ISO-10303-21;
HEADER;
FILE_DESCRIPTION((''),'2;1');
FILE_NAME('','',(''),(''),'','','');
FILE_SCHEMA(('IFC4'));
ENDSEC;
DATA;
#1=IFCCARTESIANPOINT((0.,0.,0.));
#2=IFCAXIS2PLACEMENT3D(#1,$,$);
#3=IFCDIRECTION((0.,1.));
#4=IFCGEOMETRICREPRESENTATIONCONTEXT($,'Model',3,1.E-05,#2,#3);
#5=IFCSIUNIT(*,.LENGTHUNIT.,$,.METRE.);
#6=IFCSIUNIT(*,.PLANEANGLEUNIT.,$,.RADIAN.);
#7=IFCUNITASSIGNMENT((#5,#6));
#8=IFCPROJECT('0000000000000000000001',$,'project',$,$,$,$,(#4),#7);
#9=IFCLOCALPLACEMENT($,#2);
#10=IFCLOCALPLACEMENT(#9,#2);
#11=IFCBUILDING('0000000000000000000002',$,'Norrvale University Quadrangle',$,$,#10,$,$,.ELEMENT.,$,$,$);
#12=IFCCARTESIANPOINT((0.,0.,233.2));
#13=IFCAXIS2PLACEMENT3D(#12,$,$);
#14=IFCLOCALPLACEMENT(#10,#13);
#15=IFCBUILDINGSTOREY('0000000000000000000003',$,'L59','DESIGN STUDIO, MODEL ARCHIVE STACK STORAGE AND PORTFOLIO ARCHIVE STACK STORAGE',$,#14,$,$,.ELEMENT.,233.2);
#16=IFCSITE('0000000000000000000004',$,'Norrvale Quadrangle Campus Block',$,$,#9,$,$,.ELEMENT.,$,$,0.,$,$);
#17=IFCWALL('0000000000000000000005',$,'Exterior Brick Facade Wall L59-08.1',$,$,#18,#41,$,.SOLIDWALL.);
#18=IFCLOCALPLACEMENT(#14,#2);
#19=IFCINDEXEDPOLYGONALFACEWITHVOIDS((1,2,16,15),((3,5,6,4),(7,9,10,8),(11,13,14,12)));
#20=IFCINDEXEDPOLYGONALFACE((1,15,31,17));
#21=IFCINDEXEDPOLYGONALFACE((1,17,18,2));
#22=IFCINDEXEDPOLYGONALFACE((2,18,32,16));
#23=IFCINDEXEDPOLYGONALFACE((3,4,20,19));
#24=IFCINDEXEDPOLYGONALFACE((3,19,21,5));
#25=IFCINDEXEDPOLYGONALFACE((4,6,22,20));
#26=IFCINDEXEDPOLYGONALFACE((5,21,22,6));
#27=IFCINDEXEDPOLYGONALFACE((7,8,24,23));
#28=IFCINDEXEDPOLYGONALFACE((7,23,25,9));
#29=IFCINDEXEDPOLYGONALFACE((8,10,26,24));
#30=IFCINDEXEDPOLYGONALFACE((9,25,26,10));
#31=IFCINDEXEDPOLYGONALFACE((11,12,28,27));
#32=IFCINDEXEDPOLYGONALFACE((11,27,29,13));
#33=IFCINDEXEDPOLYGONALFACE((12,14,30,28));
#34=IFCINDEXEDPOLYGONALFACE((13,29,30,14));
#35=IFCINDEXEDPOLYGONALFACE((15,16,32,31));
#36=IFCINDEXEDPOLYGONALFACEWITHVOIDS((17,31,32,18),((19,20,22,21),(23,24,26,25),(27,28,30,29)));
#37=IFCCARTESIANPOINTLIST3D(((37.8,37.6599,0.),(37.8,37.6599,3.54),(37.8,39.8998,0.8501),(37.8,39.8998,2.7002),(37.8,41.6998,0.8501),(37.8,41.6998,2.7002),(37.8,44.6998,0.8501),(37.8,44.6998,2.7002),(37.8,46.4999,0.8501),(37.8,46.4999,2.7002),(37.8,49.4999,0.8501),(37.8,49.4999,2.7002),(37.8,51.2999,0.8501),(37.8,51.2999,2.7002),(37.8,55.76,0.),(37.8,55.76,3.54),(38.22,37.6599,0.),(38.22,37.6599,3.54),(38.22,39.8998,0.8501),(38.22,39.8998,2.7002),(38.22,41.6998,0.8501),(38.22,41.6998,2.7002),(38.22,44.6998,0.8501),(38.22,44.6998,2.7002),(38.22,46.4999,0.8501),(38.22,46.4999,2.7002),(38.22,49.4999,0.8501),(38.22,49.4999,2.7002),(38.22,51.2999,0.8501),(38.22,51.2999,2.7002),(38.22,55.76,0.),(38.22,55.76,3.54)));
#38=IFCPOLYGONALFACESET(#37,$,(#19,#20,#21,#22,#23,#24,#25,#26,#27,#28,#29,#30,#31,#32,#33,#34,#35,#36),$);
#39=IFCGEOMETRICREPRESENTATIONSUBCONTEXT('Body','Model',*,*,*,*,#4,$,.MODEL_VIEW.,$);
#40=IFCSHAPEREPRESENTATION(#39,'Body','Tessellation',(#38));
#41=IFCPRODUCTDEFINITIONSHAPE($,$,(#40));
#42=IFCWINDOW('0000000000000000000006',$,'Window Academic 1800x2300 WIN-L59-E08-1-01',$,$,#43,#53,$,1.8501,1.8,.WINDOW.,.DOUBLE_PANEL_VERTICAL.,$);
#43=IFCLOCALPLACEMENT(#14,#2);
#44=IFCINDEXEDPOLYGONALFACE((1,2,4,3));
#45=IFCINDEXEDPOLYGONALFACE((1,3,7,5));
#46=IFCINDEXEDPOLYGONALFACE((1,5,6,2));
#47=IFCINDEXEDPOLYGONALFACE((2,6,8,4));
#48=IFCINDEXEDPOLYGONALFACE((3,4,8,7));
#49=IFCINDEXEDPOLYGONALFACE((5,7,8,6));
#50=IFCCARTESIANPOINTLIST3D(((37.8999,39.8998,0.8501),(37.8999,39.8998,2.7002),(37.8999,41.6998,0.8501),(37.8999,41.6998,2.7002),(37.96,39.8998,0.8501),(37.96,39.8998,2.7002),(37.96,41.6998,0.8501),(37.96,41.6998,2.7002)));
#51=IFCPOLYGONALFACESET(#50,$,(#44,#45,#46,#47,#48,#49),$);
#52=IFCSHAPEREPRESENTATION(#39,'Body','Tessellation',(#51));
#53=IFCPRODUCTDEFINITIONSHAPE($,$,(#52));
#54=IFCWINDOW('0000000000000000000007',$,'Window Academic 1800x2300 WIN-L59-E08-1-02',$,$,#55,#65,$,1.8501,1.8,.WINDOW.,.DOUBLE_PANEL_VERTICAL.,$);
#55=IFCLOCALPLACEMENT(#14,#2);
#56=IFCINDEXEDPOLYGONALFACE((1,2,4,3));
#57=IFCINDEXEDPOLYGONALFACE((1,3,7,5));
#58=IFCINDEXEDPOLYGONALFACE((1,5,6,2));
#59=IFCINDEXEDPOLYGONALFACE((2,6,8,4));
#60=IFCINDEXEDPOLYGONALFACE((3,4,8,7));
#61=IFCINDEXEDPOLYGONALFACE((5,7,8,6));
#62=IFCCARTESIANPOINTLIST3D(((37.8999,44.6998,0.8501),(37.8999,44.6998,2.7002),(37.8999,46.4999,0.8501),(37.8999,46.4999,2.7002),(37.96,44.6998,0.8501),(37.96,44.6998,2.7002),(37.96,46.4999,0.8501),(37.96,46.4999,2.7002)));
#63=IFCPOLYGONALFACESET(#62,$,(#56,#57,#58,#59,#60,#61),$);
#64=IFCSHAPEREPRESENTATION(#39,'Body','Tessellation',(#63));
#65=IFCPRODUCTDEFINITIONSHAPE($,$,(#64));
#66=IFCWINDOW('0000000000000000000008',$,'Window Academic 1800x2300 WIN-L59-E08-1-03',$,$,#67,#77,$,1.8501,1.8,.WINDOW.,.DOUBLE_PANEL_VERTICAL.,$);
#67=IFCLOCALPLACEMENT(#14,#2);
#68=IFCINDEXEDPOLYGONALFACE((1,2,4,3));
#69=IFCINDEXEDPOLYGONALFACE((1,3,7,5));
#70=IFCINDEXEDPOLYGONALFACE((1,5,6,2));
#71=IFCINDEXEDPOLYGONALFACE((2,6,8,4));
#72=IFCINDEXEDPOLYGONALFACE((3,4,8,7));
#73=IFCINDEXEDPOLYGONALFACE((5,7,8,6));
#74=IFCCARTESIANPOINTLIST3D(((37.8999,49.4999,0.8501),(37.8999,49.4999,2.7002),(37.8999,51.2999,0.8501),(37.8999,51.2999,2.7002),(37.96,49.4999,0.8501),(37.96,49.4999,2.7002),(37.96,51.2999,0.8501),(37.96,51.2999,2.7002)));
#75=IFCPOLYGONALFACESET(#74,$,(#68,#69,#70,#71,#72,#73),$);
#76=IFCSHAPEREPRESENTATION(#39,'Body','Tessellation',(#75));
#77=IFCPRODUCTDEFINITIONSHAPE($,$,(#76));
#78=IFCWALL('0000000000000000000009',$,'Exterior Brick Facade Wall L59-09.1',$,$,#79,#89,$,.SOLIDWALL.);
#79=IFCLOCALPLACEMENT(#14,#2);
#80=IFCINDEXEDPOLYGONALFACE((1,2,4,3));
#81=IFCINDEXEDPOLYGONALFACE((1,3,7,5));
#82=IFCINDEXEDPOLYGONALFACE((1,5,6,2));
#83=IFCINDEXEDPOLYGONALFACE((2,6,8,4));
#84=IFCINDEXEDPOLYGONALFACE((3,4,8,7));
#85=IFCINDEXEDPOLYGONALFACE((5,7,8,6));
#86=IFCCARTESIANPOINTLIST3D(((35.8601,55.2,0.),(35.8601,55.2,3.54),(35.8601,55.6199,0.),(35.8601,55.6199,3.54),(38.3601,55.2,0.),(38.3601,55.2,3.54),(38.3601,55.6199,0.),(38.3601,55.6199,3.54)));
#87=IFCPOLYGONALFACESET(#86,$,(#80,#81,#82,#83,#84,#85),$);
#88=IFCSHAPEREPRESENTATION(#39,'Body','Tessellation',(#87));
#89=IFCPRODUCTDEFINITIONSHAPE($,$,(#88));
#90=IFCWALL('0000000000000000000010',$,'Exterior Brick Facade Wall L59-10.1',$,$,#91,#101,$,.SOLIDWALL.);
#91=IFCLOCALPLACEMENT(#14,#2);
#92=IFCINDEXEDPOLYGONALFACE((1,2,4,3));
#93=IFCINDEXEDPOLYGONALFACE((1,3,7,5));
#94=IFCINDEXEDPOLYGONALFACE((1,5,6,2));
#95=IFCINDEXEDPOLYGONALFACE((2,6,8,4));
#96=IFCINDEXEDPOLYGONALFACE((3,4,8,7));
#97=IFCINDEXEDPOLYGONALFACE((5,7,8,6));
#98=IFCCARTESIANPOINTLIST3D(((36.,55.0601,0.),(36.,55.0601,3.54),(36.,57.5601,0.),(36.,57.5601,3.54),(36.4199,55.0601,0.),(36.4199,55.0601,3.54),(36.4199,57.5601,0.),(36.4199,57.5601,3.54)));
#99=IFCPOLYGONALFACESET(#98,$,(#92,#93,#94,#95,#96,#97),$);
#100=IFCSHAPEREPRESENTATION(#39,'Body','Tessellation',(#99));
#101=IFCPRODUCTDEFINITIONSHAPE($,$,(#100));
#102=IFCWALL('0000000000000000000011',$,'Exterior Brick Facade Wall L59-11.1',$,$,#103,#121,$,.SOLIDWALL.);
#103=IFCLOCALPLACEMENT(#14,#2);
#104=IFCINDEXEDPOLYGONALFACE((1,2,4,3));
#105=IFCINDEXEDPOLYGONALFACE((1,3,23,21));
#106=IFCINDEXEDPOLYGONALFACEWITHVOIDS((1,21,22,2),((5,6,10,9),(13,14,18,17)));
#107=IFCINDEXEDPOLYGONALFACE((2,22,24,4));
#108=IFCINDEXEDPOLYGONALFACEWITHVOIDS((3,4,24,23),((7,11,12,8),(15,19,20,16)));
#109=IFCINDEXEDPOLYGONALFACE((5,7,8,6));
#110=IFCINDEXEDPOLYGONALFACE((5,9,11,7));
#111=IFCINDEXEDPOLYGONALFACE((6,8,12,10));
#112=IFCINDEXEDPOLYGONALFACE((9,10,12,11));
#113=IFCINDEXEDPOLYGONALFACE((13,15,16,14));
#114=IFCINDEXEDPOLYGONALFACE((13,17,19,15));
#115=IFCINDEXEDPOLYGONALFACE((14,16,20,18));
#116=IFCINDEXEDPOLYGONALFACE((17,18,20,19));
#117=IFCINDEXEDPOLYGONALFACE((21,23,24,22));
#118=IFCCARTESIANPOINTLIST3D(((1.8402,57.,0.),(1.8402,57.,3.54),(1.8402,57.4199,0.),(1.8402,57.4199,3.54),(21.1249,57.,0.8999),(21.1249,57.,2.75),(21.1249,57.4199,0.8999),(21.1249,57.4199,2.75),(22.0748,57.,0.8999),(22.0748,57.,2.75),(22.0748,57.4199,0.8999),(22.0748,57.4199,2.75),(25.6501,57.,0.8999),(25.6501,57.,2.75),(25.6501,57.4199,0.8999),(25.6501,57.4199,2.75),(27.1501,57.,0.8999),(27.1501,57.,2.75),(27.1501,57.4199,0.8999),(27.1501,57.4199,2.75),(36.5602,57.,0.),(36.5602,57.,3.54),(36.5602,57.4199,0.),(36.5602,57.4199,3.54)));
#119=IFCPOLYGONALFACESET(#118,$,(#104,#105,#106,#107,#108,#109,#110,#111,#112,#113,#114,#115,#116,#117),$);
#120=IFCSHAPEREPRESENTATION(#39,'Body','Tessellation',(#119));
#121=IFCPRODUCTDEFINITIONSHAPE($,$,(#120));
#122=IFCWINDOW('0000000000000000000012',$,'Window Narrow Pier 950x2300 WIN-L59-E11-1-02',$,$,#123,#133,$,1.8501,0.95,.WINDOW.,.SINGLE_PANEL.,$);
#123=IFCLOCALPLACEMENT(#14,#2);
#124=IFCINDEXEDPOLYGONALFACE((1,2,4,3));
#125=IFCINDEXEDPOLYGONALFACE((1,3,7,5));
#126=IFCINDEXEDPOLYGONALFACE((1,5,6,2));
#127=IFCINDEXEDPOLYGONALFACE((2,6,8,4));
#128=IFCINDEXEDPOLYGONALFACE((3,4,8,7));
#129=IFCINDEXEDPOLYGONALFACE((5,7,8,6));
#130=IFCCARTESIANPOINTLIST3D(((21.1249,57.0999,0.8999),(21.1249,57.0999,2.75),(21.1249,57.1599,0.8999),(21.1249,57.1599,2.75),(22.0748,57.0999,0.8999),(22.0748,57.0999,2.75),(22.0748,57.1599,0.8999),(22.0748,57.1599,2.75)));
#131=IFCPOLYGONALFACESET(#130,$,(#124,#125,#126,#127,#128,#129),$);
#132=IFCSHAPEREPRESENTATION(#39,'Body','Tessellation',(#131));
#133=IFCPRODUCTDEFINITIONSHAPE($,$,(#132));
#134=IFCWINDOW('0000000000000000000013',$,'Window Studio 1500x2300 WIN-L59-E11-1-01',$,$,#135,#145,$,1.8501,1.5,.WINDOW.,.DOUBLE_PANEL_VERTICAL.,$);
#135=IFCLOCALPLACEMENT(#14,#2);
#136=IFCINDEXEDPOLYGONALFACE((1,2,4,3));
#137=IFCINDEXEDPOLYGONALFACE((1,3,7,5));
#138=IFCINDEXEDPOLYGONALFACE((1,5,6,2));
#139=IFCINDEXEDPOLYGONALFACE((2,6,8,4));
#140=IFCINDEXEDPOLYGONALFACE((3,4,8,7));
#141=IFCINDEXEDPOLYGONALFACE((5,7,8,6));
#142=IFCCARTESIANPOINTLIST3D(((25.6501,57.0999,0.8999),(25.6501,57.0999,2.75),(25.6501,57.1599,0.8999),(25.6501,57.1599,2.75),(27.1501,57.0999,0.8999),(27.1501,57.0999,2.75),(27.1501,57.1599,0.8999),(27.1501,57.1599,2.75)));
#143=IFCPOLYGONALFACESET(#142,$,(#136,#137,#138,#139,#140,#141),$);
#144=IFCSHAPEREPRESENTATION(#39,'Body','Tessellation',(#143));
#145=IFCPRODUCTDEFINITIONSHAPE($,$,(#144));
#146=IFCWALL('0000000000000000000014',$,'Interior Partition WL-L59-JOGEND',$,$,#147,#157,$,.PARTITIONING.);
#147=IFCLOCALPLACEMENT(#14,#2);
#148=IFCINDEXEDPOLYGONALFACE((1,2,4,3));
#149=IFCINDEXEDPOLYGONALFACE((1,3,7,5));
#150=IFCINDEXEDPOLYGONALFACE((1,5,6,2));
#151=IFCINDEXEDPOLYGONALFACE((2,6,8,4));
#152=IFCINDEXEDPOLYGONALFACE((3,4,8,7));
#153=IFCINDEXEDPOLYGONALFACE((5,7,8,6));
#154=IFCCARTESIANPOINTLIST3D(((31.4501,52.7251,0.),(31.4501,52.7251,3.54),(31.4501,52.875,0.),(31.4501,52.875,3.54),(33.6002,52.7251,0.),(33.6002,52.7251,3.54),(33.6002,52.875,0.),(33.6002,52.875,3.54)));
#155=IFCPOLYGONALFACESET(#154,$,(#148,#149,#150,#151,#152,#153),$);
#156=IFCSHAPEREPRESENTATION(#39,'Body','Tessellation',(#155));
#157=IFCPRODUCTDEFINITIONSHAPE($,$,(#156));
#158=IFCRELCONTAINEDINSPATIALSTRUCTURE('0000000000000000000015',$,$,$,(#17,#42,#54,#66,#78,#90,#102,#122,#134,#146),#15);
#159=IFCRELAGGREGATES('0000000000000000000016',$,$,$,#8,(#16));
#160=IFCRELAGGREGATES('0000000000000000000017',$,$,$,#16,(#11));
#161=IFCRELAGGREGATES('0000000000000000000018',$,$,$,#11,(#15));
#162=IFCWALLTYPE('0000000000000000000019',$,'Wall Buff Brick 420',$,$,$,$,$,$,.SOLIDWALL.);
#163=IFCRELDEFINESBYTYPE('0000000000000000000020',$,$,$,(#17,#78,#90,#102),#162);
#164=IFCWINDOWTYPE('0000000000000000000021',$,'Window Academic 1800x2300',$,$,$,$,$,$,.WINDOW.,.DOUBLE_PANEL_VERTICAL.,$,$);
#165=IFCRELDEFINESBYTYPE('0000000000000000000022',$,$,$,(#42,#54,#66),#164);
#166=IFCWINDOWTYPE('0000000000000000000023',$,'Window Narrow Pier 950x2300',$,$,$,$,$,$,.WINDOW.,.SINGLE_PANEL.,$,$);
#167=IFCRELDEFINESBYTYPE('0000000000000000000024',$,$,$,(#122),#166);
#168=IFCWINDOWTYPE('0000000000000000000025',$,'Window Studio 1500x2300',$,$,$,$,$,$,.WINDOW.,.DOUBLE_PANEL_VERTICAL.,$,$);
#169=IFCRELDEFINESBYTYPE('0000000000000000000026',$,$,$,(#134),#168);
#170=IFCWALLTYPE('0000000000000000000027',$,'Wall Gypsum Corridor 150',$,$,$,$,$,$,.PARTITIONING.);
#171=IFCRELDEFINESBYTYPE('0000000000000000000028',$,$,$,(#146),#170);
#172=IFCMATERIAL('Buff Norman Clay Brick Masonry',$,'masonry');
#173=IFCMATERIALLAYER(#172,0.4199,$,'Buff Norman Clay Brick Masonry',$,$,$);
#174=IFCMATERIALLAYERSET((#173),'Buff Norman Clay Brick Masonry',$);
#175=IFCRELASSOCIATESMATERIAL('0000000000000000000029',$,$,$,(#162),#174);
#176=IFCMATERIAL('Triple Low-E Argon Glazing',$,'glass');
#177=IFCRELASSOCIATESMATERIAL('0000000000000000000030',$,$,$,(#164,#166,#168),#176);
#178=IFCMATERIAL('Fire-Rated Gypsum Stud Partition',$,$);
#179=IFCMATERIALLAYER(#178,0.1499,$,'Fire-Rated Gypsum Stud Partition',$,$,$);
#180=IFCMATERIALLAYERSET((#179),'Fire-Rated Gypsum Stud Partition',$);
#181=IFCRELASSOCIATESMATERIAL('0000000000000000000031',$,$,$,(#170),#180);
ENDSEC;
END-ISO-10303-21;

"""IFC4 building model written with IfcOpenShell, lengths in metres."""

from ifc_helpers import new_model, si_unit, direction, frame, frame_2d, origin, place, context, subcontext, project, spatial, rectangle, extrude, material, layer, layer_set, type_object, element, fill, save


model = new_model("IFC4")

# Units and contexts
model_context = context("Model", 3, precision=1e-05, world=origin(), true_north=direction((0.0, 1.0)))
body_context = subcontext(model_context, "Body", "Model", "MODEL_VIEW")
ifc_project = project(units=[si_unit("LENGTHUNIT", "METRE"), si_unit("PLANEANGLEUNIT", "RADIAN")], contexts=[model_context])

# Site, building, storey
site_placement = place(None, origin())
site = spatial("IfcSite", under=ifc_project, at=site_placement, Name="Norrvale Quadrangle Campus Block", CompositionType="ELEMENT", RefElevation=0.0)
building_placement = place(site_placement, origin())
building = spatial("IfcBuilding", under=site, at=building_placement, Name="Norrvale University Quadrangle", CompositionType="ELEMENT")
storey_placement = place(building_placement, frame((0.0, 0.0, 233.2)))
storey = spatial("IfcBuildingStorey", under=building, at=storey_placement, Name="L59", Description="DESIGN STUDIO, MODEL ARCHIVE STACK STORAGE AND PORTFOLIO ARCHIVE STACK STORAGE", CompositionType="ELEMENT", Elevation=233.2)

# Shared definitions
ifc_material_1 = material(Name="Buff Norman Clay Brick Masonry", Category="masonry")
ifc_layer_1 = layer(ifc_material_1, 0.4199, Name="Buff Norman Clay Brick Masonry")
ifc_layer_set_1 = layer_set([ifc_layer_1], Name="Buff Norman Clay Brick Masonry")
wall_type_1 = type_object("IfcWallType", Name="Wall Buff Brick 420", PredefinedType="SOLIDWALL", material=ifc_layer_set_1)

# Wall, openings, windows
ifc_material_2 = material(Name="Triple Low-E Argon Glazing", Category="glass")
window_type_1 = type_object("IfcWindowType", Name="Window Academic 1800x2300", PartitioningType="DOUBLE_PANEL_VERTICAL", PredefinedType="WINDOW", material=ifc_material_2)
wall_1_placement = place(storey_placement, frame((38.01, 37.6599, 0.0), z_axis=(0.0, 0.0, 1.0), x_axis=(0.0, 1.0, 0.0)))
wall_1 = element("IfcWall", 1, at=wall_1_placement, inside=storey, type_object=wall_type_1, Name="Exterior Brick Facade Wall L59-08.1", PredefinedType="SOLIDWALL", context=body_context, shape_type="SweptSolid", body=[
    extrude(rectangle(XDim=18.1001, YDim=0.4199, at=frame_2d((9.05, 0.0))), origin(), (0.0, 0.0, 1.0), 3.54),
])
opening_1_placement = place(wall_1_placement, frame((2.24, 0.0, 0.8501)))
opening_1 = element("IfcOpeningElement", 2, at=opening_1_placement, cuts=wall_1, PredefinedType="OPENING", context=body_context, shape_type="SweptSolid", body=[
    extrude(rectangle(XDim=1.8, YDim=1.8501, at=frame_2d((0.8999, 0.925))), frame((0.0, 0.2219, 0.0), z_axis=(0.0, -1.0, 0.0), x_axis=(1.0, 0.0, 0.0)), (0.0, 0.0, 1.0), 0.4438),
])
opening_2_placement = place(wall_1_placement, frame((7.04, 0.0, 0.8501)))
opening_2 = element("IfcOpeningElement", 3, at=opening_2_placement, cuts=wall_1, PredefinedType="OPENING", context=body_context, shape_type="SweptSolid", body=[
    extrude(rectangle(XDim=1.8, YDim=1.8501, at=frame_2d((0.8999, 0.925))), frame((0.0, 0.2219, 0.0), z_axis=(0.0, -1.0, 0.0), x_axis=(1.0, 0.0, 0.0)), (0.0, 0.0, 1.0), 0.4438),
])
opening_3_placement = place(wall_1_placement, frame((11.8401, 0.0, 0.8501)))
opening_3 = element("IfcOpeningElement", 4, at=opening_3_placement, cuts=wall_1, PredefinedType="OPENING", context=body_context, shape_type="SweptSolid", body=[
    extrude(rectangle(XDim=1.8, YDim=1.8501, at=frame_2d((0.8999, 0.925))), frame((0.0, 0.2219, 0.0), z_axis=(0.0, -1.0, 0.0), x_axis=(1.0, 0.0, 0.0)), (0.0, 0.0, 1.0), 0.4438),
])
window_1_placement = place(opening_1_placement, origin())
window_1 = element("IfcWindow", 5, at=window_1_placement, inside=storey, type_object=window_type_1, Name="Window Academic 1800x2300 WIN-L59-E08-1-01", OverallHeight=1.8501, OverallWidth=1.8, PartitioningType="DOUBLE_PANEL_VERTICAL", PredefinedType="WINDOW", context=body_context, shape_type="SweptSolid", body=[
    extrude(rectangle(XDim=1.8, YDim=1.8501, at=frame_2d((0.8999, 0.925))), frame((0.0, 0.1101, 0.0), z_axis=(0.0, -1.0, 0.0), x_axis=(1.0, 0.0, 0.0)), (0.0, 0.0, 1.0), 0.0601),
])
fill(opening_1, window_1)
window_2_placement = place(opening_2_placement, origin())
window_2 = element("IfcWindow", 6, at=window_2_placement, inside=storey, type_object=window_type_1, Name="Window Academic 1800x2300 WIN-L59-E08-1-02", OverallHeight=1.8501, OverallWidth=1.8, PartitioningType="DOUBLE_PANEL_VERTICAL", PredefinedType="WINDOW", context=body_context, shape_type="SweptSolid", body=[
    extrude(rectangle(XDim=1.8, YDim=1.8501, at=frame_2d((0.8999, 0.925))), frame((0.0, 0.1101, 0.0), z_axis=(0.0, -1.0, 0.0), x_axis=(1.0, 0.0, 0.0)), (0.0, 0.0, 1.0), 0.0601),
])
fill(opening_2, window_2)
window_3_placement = place(opening_3_placement, origin())
window_3 = element("IfcWindow", 7, at=window_3_placement, inside=storey, type_object=window_type_1, Name="Window Academic 1800x2300 WIN-L59-E08-1-03", OverallHeight=1.8501, OverallWidth=1.8, PartitioningType="DOUBLE_PANEL_VERTICAL", PredefinedType="WINDOW", context=body_context, shape_type="SweptSolid", body=[
    extrude(rectangle(XDim=1.8, YDim=1.8501, at=frame_2d((0.8999, 0.925))), frame((0.0, 0.1101, 0.0), z_axis=(0.0, -1.0, 0.0), x_axis=(1.0, 0.0, 0.0)), (0.0, 0.0, 1.0), 0.0601),
])
fill(opening_3, window_3)

# Walls
for number, where, z_axis, x_axis, name in (
    (8, (38.3601, 55.4099, 0.0), (0.0, 0.0, 1.0), (-1.0, 0.0, 0.0), "Exterior Brick Facade Wall L59-09.1"),
    (9, (36.21, 55.0601, 0.0), (0.0, 0.0, 1.0), (0.0, 1.0, 0.0), "Exterior Brick Facade Wall L59-10.1"),
):
    element("IfcWall", number, at=place(storey_placement, frame(where, z_axis=z_axis, x_axis=x_axis)), inside=storey, type_object=wall_type_1, Name=name, PredefinedType="SOLIDWALL", context=body_context, shape_type="SweptSolid", body=[
        extrude(rectangle(XDim=2.5, YDim=0.4199, at=frame_2d((1.25, 0.0))), origin(), (0.0, 0.0, 1.0), 3.54),
    ])

# Wall, openings, windows
wall_2_placement = place(storey_placement, frame((36.5601, 57.21, 0.0), z_axis=(0.0, 0.0, 1.0), x_axis=(-1.0, 0.0, 0.0)))
wall_2 = element("IfcWall", 10, at=wall_2_placement, inside=storey, type_object=wall_type_1, Name="Exterior Brick Facade Wall L59-11.1", PredefinedType="SOLIDWALL", context=body_context, shape_type="SweptSolid", body=[
    extrude(rectangle(XDim=34.72, YDim=0.4199, at=frame_2d((17.3599, 0.0))), origin(), (0.0, 0.0, 1.0), 3.54),
])
opening_4_placement = place(wall_2_placement, frame((9.4099, 0.0, 0.8999)))
opening_4 = element("IfcOpeningElement", 11, at=opening_4_placement, cuts=wall_2, PredefinedType="OPENING", context=body_context, shape_type="SweptSolid", body=[
    extrude(rectangle(XDim=1.5, YDim=1.8501, at=frame_2d((0.75, 0.925))), frame((0.0, 0.2219, 0.0), z_axis=(0.0, -1.0, 0.0), x_axis=(1.0, 0.0, 0.0)), (0.0, 0.0, 1.0), 0.4438),
])
opening_5_placement = place(wall_2_placement, frame((14.4851, 0.0, 0.8999)))
opening_5 = element("IfcOpeningElement", 12, at=opening_5_placement, cuts=wall_2, PredefinedType="OPENING", context=body_context, shape_type="SweptSolid", body=[
    extrude(rectangle(XDim=0.95, YDim=1.8501, at=frame_2d((0.4751, 0.925))), frame((0.0, 0.2219, 0.0), z_axis=(0.0, -1.0, 0.0), x_axis=(1.0, 0.0, 0.0)), (0.0, 0.0, 1.0), 0.4438),
])
window_type_2 = type_object("IfcWindowType", Name="Window Narrow Pier 950x2300", PartitioningType="SINGLE_PANEL", PredefinedType="WINDOW", material=ifc_material_2)
window_4_placement = place(opening_5_placement, origin())
window_4 = element("IfcWindow", 13, at=window_4_placement, inside=storey, type_object=window_type_2, Name="Window Narrow Pier 950x2300 WIN-L59-E11-1-02", OverallHeight=1.8501, OverallWidth=0.95, PartitioningType="SINGLE_PANEL", PredefinedType="WINDOW", context=body_context, shape_type="SweptSolid", body=[
    extrude(rectangle(XDim=0.95, YDim=1.8501, at=frame_2d((0.4751, 0.925))), frame((0.0, 0.1101, 0.0), z_axis=(0.0, -1.0, 0.0), x_axis=(1.0, 0.0, 0.0)), (0.0, 0.0, 1.0), 0.0601),
])
fill(opening_5, window_4)
window_type_3 = type_object("IfcWindowType", Name="Window Studio 1500x2300", PartitioningType="DOUBLE_PANEL_VERTICAL", PredefinedType="WINDOW", material=ifc_material_2)
window_5_placement = place(opening_4_placement, origin())
window_5 = element("IfcWindow", 14, at=window_5_placement, inside=storey, type_object=window_type_3, Name="Window Studio 1500x2300 WIN-L59-E11-1-01", OverallHeight=1.8501, OverallWidth=1.5, PartitioningType="DOUBLE_PANEL_VERTICAL", PredefinedType="WINDOW", context=body_context, shape_type="SweptSolid", body=[
    extrude(rectangle(XDim=1.5, YDim=1.8501, at=frame_2d((0.75, 0.925))), frame((0.0, 0.1101, 0.0), z_axis=(0.0, -1.0, 0.0), x_axis=(1.0, 0.0, 0.0)), (0.0, 0.0, 1.0), 0.0601),
])
fill(opening_4, window_5)

# Wall
ifc_material_3 = material(Name="Fire-Rated Gypsum Stud Partition")
ifc_layer_2 = layer(ifc_material_3, 0.1499, Name="Fire-Rated Gypsum Stud Partition")
ifc_layer_set_2 = layer_set([ifc_layer_2], Name="Fire-Rated Gypsum Stud Partition")
wall_type_2 = type_object("IfcWallType", Name="Wall Gypsum Corridor 150", PredefinedType="PARTITIONING", material=ifc_layer_set_2)
wall_3_placement = place(storey_placement, frame((31.45, 52.8, 0.0), z_axis=(0.0, 0.0, 1.0), x_axis=(1.0, 0.0, 0.0)))
element("IfcWall", 15, at=wall_3_placement, inside=storey, type_object=wall_type_2, Name="Interior Partition WL-L59-JOGEND", PredefinedType="PARTITIONING", context=body_context, shape_type="SweptSolid", body=[
    extrude(rectangle(XDim=2.1501, YDim=0.1499, at=frame_2d((1.0752, 0.0))), origin(), (0.0, 0.0, 1.0), 3.54),
])

save(model, "model.ifc")
